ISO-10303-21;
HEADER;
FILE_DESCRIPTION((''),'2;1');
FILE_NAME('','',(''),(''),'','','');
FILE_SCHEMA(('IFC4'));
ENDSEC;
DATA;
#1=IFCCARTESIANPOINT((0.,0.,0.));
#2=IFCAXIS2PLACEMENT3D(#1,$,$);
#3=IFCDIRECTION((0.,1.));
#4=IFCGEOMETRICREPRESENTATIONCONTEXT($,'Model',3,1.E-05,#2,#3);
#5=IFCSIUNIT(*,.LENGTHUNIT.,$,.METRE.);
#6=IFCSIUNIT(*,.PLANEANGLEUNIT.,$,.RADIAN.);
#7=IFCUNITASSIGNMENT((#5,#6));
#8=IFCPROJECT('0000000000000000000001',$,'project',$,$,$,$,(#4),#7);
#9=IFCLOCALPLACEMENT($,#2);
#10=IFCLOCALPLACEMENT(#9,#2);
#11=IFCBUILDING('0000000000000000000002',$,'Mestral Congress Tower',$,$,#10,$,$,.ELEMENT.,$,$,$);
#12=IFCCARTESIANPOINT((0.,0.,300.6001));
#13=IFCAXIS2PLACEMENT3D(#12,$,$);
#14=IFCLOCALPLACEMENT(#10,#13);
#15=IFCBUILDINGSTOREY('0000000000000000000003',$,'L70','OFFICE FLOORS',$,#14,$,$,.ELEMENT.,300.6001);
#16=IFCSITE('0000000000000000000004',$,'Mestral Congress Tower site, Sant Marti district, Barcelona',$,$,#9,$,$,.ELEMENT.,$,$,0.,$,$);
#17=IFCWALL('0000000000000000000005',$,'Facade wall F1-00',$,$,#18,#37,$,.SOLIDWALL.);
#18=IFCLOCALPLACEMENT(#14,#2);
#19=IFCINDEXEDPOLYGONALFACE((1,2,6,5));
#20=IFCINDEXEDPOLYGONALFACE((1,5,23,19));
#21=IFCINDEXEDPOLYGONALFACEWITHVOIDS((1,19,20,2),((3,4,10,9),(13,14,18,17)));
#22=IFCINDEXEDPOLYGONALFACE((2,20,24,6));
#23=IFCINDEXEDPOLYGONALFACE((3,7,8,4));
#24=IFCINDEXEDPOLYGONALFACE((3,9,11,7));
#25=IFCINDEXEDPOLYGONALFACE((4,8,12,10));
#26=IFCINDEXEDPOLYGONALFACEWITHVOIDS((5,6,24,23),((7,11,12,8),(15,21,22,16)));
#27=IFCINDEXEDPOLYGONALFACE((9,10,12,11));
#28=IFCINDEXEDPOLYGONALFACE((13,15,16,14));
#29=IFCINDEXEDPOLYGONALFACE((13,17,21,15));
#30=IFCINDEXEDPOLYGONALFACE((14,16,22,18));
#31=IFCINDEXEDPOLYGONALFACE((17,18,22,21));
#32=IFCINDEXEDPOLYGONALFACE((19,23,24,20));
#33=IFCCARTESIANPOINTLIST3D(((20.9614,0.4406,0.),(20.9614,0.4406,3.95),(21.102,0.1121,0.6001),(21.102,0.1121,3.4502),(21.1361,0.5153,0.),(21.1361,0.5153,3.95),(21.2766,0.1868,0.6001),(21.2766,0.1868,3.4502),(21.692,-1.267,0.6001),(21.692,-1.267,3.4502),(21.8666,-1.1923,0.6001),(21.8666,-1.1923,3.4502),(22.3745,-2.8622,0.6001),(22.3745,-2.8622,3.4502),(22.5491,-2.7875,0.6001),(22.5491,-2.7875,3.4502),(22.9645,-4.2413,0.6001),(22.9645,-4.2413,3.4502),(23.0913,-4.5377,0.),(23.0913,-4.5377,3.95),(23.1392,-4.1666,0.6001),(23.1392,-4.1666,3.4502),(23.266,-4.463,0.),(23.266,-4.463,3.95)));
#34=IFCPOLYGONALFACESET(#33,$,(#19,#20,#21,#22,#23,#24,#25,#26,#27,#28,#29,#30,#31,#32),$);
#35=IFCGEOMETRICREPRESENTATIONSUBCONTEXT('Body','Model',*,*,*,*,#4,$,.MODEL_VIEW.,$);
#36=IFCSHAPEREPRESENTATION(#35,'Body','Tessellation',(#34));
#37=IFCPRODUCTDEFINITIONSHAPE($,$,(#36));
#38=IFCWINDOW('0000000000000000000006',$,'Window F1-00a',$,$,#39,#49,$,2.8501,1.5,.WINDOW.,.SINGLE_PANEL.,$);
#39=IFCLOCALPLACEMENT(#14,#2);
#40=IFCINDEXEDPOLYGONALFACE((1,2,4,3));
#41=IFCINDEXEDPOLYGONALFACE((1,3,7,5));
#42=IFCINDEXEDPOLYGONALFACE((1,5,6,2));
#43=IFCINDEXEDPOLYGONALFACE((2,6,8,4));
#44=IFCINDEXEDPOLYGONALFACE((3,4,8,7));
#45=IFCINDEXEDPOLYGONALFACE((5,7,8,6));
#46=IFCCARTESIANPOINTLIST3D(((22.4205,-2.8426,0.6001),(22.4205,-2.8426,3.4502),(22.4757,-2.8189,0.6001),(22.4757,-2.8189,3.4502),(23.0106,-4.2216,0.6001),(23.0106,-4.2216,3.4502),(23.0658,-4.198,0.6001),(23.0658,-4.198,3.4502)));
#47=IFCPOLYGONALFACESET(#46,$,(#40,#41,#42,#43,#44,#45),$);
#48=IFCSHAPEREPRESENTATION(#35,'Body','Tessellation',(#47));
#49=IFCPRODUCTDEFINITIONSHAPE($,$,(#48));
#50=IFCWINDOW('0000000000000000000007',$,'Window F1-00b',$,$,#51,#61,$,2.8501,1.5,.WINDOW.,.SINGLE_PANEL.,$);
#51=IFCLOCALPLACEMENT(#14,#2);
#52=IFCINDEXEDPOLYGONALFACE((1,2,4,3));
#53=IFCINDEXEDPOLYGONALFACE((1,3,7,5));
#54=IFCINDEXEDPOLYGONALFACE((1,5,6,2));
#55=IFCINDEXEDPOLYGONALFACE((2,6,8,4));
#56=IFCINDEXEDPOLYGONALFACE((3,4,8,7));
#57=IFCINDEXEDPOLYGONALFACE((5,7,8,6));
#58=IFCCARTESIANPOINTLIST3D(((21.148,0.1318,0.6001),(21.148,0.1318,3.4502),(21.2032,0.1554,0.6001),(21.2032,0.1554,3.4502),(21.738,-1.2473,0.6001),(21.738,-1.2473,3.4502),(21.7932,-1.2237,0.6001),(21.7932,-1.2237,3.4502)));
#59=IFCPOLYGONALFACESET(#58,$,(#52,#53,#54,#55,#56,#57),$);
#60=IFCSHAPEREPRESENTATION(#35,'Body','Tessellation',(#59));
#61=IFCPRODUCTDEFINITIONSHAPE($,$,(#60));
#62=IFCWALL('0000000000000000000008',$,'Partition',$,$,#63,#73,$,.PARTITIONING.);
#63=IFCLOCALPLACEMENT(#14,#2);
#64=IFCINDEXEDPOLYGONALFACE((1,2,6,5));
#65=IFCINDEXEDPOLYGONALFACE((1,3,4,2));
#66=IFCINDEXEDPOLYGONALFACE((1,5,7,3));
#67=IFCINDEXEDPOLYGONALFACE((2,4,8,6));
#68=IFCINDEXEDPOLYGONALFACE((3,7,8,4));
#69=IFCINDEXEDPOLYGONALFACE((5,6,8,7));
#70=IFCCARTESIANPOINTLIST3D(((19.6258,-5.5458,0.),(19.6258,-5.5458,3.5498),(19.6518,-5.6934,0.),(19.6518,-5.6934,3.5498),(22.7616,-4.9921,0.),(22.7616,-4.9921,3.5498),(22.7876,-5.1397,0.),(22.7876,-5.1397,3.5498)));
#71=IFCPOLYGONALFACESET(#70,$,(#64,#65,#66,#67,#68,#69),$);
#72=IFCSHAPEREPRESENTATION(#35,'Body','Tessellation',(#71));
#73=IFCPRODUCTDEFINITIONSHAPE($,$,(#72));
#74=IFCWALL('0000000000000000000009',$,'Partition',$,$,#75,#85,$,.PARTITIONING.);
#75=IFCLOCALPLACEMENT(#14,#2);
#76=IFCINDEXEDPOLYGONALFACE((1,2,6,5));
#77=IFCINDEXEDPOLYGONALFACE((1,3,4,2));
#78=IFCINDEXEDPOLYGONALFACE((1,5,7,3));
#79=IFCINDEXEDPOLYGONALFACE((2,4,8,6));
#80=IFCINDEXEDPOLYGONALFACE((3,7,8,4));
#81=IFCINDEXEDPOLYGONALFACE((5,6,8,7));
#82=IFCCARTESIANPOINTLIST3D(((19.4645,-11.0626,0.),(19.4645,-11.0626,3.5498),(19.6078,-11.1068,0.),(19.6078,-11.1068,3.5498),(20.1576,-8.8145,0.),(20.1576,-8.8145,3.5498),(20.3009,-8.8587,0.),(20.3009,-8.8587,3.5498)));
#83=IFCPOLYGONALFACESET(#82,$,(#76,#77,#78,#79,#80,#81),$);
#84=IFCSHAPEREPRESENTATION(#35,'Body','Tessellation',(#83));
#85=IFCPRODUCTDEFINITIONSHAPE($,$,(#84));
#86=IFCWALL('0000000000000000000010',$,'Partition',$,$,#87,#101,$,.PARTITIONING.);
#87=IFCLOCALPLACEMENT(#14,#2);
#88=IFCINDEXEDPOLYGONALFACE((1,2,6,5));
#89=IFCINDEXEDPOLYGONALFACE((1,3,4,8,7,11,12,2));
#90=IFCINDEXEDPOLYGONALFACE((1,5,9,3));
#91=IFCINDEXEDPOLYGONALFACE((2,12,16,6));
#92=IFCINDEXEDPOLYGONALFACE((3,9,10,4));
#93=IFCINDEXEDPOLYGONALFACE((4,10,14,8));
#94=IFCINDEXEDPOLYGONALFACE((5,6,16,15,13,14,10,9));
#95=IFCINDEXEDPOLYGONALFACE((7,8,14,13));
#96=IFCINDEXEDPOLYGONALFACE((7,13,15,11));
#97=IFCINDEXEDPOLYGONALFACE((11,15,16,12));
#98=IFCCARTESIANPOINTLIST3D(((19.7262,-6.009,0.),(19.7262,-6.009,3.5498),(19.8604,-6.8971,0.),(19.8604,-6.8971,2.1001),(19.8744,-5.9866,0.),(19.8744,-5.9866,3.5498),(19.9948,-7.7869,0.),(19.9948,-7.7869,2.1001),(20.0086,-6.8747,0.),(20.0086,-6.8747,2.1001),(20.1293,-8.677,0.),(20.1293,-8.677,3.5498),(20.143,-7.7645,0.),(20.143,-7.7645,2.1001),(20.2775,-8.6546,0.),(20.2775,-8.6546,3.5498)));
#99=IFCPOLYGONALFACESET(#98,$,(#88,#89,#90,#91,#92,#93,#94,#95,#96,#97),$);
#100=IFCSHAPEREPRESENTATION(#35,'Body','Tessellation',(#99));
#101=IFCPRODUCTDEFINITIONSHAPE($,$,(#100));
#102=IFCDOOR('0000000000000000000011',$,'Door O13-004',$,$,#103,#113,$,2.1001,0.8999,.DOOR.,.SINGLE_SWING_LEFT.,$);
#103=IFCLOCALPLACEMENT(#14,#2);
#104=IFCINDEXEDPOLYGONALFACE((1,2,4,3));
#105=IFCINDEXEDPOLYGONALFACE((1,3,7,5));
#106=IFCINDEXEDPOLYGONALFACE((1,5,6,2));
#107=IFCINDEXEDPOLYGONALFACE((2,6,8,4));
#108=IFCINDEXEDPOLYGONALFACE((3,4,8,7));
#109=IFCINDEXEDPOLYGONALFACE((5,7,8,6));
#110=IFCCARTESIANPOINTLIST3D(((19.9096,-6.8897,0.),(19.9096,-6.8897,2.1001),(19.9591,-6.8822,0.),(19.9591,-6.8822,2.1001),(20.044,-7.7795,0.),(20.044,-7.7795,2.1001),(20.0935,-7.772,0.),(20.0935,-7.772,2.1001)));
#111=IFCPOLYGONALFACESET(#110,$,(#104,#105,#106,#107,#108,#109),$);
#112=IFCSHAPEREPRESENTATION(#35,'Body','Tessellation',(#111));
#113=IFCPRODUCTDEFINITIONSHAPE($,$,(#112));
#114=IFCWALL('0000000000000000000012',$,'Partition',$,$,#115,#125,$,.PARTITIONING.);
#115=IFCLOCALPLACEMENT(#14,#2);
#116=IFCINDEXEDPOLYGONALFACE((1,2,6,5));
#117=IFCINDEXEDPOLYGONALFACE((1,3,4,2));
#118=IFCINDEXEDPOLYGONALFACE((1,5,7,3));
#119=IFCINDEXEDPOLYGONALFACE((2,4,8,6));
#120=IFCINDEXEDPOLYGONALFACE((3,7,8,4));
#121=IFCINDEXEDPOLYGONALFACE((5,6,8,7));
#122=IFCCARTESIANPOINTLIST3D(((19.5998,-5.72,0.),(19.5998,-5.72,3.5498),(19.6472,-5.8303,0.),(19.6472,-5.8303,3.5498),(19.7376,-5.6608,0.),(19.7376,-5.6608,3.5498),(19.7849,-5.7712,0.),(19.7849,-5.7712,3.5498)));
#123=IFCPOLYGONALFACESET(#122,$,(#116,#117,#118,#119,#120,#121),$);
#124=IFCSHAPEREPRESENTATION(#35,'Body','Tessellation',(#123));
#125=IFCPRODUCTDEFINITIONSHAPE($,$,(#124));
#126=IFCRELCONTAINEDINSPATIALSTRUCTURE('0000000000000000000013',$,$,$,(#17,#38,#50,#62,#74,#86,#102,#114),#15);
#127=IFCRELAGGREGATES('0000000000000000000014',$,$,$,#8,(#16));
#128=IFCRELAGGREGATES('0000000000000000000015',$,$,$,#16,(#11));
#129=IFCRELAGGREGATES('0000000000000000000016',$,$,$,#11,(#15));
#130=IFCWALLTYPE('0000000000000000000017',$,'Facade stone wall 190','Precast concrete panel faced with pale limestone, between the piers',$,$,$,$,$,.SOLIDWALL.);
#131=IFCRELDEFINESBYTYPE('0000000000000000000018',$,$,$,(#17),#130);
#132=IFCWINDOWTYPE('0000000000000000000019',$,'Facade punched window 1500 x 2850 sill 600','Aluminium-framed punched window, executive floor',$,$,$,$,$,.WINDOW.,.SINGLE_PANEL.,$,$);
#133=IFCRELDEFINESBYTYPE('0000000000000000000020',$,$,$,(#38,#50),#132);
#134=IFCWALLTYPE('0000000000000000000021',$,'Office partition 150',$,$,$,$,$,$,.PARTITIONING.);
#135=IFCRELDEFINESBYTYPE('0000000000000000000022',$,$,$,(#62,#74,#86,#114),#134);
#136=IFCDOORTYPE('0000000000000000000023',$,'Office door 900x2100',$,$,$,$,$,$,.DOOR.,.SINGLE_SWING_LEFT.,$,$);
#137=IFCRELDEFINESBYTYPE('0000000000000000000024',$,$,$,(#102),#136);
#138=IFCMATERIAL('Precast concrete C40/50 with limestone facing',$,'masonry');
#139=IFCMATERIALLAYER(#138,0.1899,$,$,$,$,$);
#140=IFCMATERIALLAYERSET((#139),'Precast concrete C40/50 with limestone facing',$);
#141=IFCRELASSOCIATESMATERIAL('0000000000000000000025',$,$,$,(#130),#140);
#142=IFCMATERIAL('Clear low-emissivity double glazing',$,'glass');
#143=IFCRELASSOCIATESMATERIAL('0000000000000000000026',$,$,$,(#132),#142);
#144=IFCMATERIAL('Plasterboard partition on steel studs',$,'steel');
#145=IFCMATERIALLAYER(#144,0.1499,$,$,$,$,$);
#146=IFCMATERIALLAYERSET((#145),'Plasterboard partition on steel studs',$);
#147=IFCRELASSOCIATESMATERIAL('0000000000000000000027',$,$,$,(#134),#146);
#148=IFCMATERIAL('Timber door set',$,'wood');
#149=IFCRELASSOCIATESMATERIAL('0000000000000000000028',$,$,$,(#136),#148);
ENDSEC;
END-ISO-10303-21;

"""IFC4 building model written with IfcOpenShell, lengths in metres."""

from ifc_helpers import new_model, si_unit, direction, frame, frame_2d, origin, place, context, subcontext, project, spatial, rectangle, extrude, material, layer, layer_set, type_object, element, fill, save


model = new_model("IFC4")

# Units and contexts
model_context = context("Model", 3, precision=1e-05, world=origin(), true_north=direction((0.0, 1.0)))
body_context = subcontext(model_context, "Body", "Model", "MODEL_VIEW")
ifc_project = project(units=[si_unit("LENGTHUNIT", "METRE"), si_unit("PLANEANGLEUNIT", "RADIAN")], contexts=[model_context])

# Site, building, storey
site_placement = place(None, origin())
site = spatial("IfcSite", under=ifc_project, at=site_placement, Name="Mestral Congress Tower site, Sant Marti district, Barcelona", CompositionType="ELEMENT", RefElevation=0.0)
building_placement = place(site_placement, origin())
building = spatial("IfcBuilding", under=site, at=building_placement, Name="Mestral Congress Tower", CompositionType="ELEMENT")
storey_placement = place(building_placement, frame((0.0, 0.0, 300.6001)))
storey = spatial("IfcBuildingStorey", under=building, at=storey_placement, Name="L70", Description="OFFICE FLOORS", CompositionType="ELEMENT", Elevation=300.6001)

# Shared definitions
ifc_material_1 = material(Name="Precast concrete C40/50 with limestone facing", Category="masonry")
ifc_layer_1 = layer(ifc_material_1, 0.1899)
ifc_layer_set_1 = layer_set([ifc_layer_1], Name="Precast concrete C40/50 with limestone facing")
wall_type_1 = type_object("IfcWallType", Name="Facade stone wall 190", Description="Precast concrete panel faced with pale limestone, between the piers", PredefinedType="SOLIDWALL", material=ifc_layer_set_1)
ifc_material_2 = material(Name="Clear low-emissivity double glazing", Category="glass")

# Wall, openings, windows
wall_1_placement = place(storey_placement, frame((23.1787, -4.5005, 0.0), z_axis=(0.0, 0.0, 1.0), x_axis=(-0.393348, 0.91939, 0.0)))
wall_1 = element("IfcWall", 1, at=wall_1_placement, inside=storey, type_object=wall_type_1, Name="Facade wall F1-00", PredefinedType="SOLIDWALL", context=body_context, shape_type="SweptSolid", body=[
    extrude(rectangle(XDim=5.4148, YDim=0.1899, at=frame_2d((2.7075, 0.0))), origin(), (0.0, 0.0, 1.0), 3.95),
])
opening_1_placement = place(wall_1_placement, frame((0.3225, 0.0, 0.6001)))
opening_1 = element("IfcOpeningElement", 2, at=opening_1_placement, cuts=wall_1, PredefinedType="OPENING", context=body_context, shape_type="SweptSolid", body=[
    extrude(rectangle(XDim=1.5, YDim=2.8501, at=frame_2d((0.75, 1.425))), frame((0.0, 0.105, 0.0), z_axis=(0.0, -1.0, 0.0), x_axis=(1.0, 0.0, 0.0)), (0.0, 0.0, 1.0), 0.21),
])
opening_2_placement = place(wall_1_placement, frame((3.5576, 0.0, 0.6001)))
opening_2 = element("IfcOpeningElement", 3, at=opening_2_placement, cuts=wall_1, PredefinedType="OPENING", context=body_context, shape_type="SweptSolid", body=[
    extrude(rectangle(XDim=1.5, YDim=2.8501, at=frame_2d((0.75, 1.425))), frame((0.0, 0.105, 0.0), z_axis=(0.0, -1.0, 0.0), x_axis=(1.0, 0.0, 0.0)), (0.0, 0.0, 1.0), 0.21),
])
window_type_1 = type_object("IfcWindowType", Name="Facade punched window 1500 x 2850 sill 600", Description="Aluminium-framed punched window, executive floor", PartitioningType="SINGLE_PANEL", PredefinedType="WINDOW", material=ifc_material_2)
window_1_placement = place(opening_1_placement, origin())
window_1 = element("IfcWindow", 4, at=window_1_placement, inside=storey, type_object=window_type_1, Name="Window F1-00a", OverallHeight=2.8501, OverallWidth=1.5, PartitioningType="SINGLE_PANEL", PredefinedType="WINDOW", context=body_context, shape_type="SweptSolid", body=[
    extrude(rectangle(XDim=1.5, YDim=2.8501, at=frame_2d((0.75, 1.425))), frame((0.0, 0.0449, 0.0), z_axis=(0.0, -1.0, 0.0), x_axis=(1.0, 0.0, 0.0)), (0.0, 0.0, 1.0), 0.0601),
])
fill(opening_1, window_1)
window_2_placement = place(opening_2_placement, origin())
window_2 = element("IfcWindow", 5, at=window_2_placement, inside=storey, type_object=window_type_1, Name="Window F1-00b", OverallHeight=2.8501, OverallWidth=1.5, PartitioningType="SINGLE_PANEL", PredefinedType="WINDOW", context=body_context, shape_type="SweptSolid", body=[
    extrude(rectangle(XDim=1.5, YDim=2.8501, at=frame_2d((0.75, 1.425))), frame((0.0, 0.0449, 0.0), z_axis=(0.0, -1.0, 0.0), x_axis=(1.0, 0.0, 0.0)), (0.0, 0.0, 1.0), 0.0601),
])
fill(opening_2, window_2)

# Walls
ifc_material_3 = material(Name="Plasterboard partition on steel studs", Category="steel")
ifc_layer_2 = layer(ifc_material_3, 0.1499)
ifc_layer_set_2 = layer_set([ifc_layer_2], Name="Plasterboard partition on steel studs")
wall_type_2 = type_object("IfcWallType", Name="Office partition 150", PredefinedType="PARTITIONING", material=ifc_layer_set_2)
wall_2_placement = place(storey_placement, frame((19.6387, -5.6196, 0.0), z_axis=(0.0, 0.0, 1.0), x_axis=(0.984765, 0.17389, 0.0)))
element("IfcWall", 6, at=wall_2_placement, inside=storey, type_object=wall_type_2, Name="Partition", PredefinedType="PARTITIONING", context=body_context, shape_type="SweptSolid", body=[
    extrude(rectangle(XDim=3.1843, YDim=0.1499, at=frame_2d((1.5923, 0.0))), origin(), (0.0, 0.0, 1.0), 3.5498),
])
wall_3_placement = place(storey_placement, frame((19.5361, -11.0847, 0.0), z_axis=(0.0, 0.0, 1.0), x_axis=(0.294633, 0.955611, 0.0)))
element("IfcWall", 7, at=wall_3_placement, inside=storey, type_object=wall_type_2, Name="Partition", PredefinedType="PARTITIONING", context=body_context, shape_type="SweptSolid", body=[
    extrude(rectangle(XDim=2.3525, YDim=0.1499, at=frame_2d((1.1763, 0.0))), origin(), (0.0, 0.0, 1.0), 3.5498),
])

# Wall, opening, door
wall_4_placement = place(storey_placement, frame((19.8003, -5.9978, 0.0), z_axis=(0.0, 0.0, 1.0), x_axis=(0.149385, -0.988779, 0.0)))
wall_4 = element("IfcWall", 8, at=wall_4_placement, inside=storey, type_object=wall_type_2, Name="Partition", PredefinedType="PARTITIONING", context=body_context, shape_type="SweptSolid", body=[
    extrude(rectangle(XDim=2.6982, YDim=0.1499, at=frame_2d((1.3491, 0.0))), origin(), (0.0, 0.0, 1.0), 3.5498),
])
opening_3_placement = place(wall_4_placement, frame((0.8982, 0.0, 0.0)))
opening_3 = element("IfcOpeningElement", 9, at=opening_3_placement, cuts=wall_4, PredefinedType="OPENING", context=body_context, shape_type="SweptSolid", body=[
    extrude(rectangle(XDim=0.8999, YDim=2.1001, at=frame_2d((0.45, 1.05))), frame((0.0, 0.085, 0.0), z_axis=(0.0, -1.0, 0.0), x_axis=(1.0, 0.0, 0.0)), (0.0, 0.0, 1.0), 0.1699),
])
ifc_material_4 = material(Name="Timber door set", Category="wood")
door_type = type_object("IfcDoorType", Name="Office door 900x2100", OperationType="SINGLE_SWING_LEFT", PredefinedType="DOOR", material=ifc_material_4)
door_placement = place(opening_3_placement, origin())
door = element("IfcDoor", 10, at=door_placement, inside=storey, type_object=door_type, Name="Door O13-004", OperationType="SINGLE_SWING_LEFT", OverallHeight=2.1001, OverallWidth=0.8999, PredefinedType="DOOR", context=body_context, shape_type="SweptSolid", body=[
    extrude(rectangle(XDim=0.8999, YDim=2.1001, at=frame_2d((0.45, 1.05))), frame((0.0, 0.0249, 0.0), z_axis=(0.0, -1.0, 0.0), x_axis=(1.0, 0.0, 0.0)), (0.0, 0.0, 1.0), 0.05),
])
fill(opening_3, door)

# Wall
wall_5_placement = place(storey_placement, frame((19.7161, -5.8008, 0.0), z_axis=(0.0, 0.0, 1.0), x_axis=(-0.39441, 0.918935, 0.0)))
element("IfcWall", 11, at=wall_5_placement, inside=storey, type_object=wall_type_2, Name="Partition", PredefinedType="PARTITIONING", context=body_context, shape_type="SweptSolid", body=[
    extrude(rectangle(XDim=0.1201, YDim=0.1499, at=frame_2d((0.0601, 0.0))), origin(), (0.0, 0.0, 1.0), 3.5498),
])

save(model, "model.ifc")
